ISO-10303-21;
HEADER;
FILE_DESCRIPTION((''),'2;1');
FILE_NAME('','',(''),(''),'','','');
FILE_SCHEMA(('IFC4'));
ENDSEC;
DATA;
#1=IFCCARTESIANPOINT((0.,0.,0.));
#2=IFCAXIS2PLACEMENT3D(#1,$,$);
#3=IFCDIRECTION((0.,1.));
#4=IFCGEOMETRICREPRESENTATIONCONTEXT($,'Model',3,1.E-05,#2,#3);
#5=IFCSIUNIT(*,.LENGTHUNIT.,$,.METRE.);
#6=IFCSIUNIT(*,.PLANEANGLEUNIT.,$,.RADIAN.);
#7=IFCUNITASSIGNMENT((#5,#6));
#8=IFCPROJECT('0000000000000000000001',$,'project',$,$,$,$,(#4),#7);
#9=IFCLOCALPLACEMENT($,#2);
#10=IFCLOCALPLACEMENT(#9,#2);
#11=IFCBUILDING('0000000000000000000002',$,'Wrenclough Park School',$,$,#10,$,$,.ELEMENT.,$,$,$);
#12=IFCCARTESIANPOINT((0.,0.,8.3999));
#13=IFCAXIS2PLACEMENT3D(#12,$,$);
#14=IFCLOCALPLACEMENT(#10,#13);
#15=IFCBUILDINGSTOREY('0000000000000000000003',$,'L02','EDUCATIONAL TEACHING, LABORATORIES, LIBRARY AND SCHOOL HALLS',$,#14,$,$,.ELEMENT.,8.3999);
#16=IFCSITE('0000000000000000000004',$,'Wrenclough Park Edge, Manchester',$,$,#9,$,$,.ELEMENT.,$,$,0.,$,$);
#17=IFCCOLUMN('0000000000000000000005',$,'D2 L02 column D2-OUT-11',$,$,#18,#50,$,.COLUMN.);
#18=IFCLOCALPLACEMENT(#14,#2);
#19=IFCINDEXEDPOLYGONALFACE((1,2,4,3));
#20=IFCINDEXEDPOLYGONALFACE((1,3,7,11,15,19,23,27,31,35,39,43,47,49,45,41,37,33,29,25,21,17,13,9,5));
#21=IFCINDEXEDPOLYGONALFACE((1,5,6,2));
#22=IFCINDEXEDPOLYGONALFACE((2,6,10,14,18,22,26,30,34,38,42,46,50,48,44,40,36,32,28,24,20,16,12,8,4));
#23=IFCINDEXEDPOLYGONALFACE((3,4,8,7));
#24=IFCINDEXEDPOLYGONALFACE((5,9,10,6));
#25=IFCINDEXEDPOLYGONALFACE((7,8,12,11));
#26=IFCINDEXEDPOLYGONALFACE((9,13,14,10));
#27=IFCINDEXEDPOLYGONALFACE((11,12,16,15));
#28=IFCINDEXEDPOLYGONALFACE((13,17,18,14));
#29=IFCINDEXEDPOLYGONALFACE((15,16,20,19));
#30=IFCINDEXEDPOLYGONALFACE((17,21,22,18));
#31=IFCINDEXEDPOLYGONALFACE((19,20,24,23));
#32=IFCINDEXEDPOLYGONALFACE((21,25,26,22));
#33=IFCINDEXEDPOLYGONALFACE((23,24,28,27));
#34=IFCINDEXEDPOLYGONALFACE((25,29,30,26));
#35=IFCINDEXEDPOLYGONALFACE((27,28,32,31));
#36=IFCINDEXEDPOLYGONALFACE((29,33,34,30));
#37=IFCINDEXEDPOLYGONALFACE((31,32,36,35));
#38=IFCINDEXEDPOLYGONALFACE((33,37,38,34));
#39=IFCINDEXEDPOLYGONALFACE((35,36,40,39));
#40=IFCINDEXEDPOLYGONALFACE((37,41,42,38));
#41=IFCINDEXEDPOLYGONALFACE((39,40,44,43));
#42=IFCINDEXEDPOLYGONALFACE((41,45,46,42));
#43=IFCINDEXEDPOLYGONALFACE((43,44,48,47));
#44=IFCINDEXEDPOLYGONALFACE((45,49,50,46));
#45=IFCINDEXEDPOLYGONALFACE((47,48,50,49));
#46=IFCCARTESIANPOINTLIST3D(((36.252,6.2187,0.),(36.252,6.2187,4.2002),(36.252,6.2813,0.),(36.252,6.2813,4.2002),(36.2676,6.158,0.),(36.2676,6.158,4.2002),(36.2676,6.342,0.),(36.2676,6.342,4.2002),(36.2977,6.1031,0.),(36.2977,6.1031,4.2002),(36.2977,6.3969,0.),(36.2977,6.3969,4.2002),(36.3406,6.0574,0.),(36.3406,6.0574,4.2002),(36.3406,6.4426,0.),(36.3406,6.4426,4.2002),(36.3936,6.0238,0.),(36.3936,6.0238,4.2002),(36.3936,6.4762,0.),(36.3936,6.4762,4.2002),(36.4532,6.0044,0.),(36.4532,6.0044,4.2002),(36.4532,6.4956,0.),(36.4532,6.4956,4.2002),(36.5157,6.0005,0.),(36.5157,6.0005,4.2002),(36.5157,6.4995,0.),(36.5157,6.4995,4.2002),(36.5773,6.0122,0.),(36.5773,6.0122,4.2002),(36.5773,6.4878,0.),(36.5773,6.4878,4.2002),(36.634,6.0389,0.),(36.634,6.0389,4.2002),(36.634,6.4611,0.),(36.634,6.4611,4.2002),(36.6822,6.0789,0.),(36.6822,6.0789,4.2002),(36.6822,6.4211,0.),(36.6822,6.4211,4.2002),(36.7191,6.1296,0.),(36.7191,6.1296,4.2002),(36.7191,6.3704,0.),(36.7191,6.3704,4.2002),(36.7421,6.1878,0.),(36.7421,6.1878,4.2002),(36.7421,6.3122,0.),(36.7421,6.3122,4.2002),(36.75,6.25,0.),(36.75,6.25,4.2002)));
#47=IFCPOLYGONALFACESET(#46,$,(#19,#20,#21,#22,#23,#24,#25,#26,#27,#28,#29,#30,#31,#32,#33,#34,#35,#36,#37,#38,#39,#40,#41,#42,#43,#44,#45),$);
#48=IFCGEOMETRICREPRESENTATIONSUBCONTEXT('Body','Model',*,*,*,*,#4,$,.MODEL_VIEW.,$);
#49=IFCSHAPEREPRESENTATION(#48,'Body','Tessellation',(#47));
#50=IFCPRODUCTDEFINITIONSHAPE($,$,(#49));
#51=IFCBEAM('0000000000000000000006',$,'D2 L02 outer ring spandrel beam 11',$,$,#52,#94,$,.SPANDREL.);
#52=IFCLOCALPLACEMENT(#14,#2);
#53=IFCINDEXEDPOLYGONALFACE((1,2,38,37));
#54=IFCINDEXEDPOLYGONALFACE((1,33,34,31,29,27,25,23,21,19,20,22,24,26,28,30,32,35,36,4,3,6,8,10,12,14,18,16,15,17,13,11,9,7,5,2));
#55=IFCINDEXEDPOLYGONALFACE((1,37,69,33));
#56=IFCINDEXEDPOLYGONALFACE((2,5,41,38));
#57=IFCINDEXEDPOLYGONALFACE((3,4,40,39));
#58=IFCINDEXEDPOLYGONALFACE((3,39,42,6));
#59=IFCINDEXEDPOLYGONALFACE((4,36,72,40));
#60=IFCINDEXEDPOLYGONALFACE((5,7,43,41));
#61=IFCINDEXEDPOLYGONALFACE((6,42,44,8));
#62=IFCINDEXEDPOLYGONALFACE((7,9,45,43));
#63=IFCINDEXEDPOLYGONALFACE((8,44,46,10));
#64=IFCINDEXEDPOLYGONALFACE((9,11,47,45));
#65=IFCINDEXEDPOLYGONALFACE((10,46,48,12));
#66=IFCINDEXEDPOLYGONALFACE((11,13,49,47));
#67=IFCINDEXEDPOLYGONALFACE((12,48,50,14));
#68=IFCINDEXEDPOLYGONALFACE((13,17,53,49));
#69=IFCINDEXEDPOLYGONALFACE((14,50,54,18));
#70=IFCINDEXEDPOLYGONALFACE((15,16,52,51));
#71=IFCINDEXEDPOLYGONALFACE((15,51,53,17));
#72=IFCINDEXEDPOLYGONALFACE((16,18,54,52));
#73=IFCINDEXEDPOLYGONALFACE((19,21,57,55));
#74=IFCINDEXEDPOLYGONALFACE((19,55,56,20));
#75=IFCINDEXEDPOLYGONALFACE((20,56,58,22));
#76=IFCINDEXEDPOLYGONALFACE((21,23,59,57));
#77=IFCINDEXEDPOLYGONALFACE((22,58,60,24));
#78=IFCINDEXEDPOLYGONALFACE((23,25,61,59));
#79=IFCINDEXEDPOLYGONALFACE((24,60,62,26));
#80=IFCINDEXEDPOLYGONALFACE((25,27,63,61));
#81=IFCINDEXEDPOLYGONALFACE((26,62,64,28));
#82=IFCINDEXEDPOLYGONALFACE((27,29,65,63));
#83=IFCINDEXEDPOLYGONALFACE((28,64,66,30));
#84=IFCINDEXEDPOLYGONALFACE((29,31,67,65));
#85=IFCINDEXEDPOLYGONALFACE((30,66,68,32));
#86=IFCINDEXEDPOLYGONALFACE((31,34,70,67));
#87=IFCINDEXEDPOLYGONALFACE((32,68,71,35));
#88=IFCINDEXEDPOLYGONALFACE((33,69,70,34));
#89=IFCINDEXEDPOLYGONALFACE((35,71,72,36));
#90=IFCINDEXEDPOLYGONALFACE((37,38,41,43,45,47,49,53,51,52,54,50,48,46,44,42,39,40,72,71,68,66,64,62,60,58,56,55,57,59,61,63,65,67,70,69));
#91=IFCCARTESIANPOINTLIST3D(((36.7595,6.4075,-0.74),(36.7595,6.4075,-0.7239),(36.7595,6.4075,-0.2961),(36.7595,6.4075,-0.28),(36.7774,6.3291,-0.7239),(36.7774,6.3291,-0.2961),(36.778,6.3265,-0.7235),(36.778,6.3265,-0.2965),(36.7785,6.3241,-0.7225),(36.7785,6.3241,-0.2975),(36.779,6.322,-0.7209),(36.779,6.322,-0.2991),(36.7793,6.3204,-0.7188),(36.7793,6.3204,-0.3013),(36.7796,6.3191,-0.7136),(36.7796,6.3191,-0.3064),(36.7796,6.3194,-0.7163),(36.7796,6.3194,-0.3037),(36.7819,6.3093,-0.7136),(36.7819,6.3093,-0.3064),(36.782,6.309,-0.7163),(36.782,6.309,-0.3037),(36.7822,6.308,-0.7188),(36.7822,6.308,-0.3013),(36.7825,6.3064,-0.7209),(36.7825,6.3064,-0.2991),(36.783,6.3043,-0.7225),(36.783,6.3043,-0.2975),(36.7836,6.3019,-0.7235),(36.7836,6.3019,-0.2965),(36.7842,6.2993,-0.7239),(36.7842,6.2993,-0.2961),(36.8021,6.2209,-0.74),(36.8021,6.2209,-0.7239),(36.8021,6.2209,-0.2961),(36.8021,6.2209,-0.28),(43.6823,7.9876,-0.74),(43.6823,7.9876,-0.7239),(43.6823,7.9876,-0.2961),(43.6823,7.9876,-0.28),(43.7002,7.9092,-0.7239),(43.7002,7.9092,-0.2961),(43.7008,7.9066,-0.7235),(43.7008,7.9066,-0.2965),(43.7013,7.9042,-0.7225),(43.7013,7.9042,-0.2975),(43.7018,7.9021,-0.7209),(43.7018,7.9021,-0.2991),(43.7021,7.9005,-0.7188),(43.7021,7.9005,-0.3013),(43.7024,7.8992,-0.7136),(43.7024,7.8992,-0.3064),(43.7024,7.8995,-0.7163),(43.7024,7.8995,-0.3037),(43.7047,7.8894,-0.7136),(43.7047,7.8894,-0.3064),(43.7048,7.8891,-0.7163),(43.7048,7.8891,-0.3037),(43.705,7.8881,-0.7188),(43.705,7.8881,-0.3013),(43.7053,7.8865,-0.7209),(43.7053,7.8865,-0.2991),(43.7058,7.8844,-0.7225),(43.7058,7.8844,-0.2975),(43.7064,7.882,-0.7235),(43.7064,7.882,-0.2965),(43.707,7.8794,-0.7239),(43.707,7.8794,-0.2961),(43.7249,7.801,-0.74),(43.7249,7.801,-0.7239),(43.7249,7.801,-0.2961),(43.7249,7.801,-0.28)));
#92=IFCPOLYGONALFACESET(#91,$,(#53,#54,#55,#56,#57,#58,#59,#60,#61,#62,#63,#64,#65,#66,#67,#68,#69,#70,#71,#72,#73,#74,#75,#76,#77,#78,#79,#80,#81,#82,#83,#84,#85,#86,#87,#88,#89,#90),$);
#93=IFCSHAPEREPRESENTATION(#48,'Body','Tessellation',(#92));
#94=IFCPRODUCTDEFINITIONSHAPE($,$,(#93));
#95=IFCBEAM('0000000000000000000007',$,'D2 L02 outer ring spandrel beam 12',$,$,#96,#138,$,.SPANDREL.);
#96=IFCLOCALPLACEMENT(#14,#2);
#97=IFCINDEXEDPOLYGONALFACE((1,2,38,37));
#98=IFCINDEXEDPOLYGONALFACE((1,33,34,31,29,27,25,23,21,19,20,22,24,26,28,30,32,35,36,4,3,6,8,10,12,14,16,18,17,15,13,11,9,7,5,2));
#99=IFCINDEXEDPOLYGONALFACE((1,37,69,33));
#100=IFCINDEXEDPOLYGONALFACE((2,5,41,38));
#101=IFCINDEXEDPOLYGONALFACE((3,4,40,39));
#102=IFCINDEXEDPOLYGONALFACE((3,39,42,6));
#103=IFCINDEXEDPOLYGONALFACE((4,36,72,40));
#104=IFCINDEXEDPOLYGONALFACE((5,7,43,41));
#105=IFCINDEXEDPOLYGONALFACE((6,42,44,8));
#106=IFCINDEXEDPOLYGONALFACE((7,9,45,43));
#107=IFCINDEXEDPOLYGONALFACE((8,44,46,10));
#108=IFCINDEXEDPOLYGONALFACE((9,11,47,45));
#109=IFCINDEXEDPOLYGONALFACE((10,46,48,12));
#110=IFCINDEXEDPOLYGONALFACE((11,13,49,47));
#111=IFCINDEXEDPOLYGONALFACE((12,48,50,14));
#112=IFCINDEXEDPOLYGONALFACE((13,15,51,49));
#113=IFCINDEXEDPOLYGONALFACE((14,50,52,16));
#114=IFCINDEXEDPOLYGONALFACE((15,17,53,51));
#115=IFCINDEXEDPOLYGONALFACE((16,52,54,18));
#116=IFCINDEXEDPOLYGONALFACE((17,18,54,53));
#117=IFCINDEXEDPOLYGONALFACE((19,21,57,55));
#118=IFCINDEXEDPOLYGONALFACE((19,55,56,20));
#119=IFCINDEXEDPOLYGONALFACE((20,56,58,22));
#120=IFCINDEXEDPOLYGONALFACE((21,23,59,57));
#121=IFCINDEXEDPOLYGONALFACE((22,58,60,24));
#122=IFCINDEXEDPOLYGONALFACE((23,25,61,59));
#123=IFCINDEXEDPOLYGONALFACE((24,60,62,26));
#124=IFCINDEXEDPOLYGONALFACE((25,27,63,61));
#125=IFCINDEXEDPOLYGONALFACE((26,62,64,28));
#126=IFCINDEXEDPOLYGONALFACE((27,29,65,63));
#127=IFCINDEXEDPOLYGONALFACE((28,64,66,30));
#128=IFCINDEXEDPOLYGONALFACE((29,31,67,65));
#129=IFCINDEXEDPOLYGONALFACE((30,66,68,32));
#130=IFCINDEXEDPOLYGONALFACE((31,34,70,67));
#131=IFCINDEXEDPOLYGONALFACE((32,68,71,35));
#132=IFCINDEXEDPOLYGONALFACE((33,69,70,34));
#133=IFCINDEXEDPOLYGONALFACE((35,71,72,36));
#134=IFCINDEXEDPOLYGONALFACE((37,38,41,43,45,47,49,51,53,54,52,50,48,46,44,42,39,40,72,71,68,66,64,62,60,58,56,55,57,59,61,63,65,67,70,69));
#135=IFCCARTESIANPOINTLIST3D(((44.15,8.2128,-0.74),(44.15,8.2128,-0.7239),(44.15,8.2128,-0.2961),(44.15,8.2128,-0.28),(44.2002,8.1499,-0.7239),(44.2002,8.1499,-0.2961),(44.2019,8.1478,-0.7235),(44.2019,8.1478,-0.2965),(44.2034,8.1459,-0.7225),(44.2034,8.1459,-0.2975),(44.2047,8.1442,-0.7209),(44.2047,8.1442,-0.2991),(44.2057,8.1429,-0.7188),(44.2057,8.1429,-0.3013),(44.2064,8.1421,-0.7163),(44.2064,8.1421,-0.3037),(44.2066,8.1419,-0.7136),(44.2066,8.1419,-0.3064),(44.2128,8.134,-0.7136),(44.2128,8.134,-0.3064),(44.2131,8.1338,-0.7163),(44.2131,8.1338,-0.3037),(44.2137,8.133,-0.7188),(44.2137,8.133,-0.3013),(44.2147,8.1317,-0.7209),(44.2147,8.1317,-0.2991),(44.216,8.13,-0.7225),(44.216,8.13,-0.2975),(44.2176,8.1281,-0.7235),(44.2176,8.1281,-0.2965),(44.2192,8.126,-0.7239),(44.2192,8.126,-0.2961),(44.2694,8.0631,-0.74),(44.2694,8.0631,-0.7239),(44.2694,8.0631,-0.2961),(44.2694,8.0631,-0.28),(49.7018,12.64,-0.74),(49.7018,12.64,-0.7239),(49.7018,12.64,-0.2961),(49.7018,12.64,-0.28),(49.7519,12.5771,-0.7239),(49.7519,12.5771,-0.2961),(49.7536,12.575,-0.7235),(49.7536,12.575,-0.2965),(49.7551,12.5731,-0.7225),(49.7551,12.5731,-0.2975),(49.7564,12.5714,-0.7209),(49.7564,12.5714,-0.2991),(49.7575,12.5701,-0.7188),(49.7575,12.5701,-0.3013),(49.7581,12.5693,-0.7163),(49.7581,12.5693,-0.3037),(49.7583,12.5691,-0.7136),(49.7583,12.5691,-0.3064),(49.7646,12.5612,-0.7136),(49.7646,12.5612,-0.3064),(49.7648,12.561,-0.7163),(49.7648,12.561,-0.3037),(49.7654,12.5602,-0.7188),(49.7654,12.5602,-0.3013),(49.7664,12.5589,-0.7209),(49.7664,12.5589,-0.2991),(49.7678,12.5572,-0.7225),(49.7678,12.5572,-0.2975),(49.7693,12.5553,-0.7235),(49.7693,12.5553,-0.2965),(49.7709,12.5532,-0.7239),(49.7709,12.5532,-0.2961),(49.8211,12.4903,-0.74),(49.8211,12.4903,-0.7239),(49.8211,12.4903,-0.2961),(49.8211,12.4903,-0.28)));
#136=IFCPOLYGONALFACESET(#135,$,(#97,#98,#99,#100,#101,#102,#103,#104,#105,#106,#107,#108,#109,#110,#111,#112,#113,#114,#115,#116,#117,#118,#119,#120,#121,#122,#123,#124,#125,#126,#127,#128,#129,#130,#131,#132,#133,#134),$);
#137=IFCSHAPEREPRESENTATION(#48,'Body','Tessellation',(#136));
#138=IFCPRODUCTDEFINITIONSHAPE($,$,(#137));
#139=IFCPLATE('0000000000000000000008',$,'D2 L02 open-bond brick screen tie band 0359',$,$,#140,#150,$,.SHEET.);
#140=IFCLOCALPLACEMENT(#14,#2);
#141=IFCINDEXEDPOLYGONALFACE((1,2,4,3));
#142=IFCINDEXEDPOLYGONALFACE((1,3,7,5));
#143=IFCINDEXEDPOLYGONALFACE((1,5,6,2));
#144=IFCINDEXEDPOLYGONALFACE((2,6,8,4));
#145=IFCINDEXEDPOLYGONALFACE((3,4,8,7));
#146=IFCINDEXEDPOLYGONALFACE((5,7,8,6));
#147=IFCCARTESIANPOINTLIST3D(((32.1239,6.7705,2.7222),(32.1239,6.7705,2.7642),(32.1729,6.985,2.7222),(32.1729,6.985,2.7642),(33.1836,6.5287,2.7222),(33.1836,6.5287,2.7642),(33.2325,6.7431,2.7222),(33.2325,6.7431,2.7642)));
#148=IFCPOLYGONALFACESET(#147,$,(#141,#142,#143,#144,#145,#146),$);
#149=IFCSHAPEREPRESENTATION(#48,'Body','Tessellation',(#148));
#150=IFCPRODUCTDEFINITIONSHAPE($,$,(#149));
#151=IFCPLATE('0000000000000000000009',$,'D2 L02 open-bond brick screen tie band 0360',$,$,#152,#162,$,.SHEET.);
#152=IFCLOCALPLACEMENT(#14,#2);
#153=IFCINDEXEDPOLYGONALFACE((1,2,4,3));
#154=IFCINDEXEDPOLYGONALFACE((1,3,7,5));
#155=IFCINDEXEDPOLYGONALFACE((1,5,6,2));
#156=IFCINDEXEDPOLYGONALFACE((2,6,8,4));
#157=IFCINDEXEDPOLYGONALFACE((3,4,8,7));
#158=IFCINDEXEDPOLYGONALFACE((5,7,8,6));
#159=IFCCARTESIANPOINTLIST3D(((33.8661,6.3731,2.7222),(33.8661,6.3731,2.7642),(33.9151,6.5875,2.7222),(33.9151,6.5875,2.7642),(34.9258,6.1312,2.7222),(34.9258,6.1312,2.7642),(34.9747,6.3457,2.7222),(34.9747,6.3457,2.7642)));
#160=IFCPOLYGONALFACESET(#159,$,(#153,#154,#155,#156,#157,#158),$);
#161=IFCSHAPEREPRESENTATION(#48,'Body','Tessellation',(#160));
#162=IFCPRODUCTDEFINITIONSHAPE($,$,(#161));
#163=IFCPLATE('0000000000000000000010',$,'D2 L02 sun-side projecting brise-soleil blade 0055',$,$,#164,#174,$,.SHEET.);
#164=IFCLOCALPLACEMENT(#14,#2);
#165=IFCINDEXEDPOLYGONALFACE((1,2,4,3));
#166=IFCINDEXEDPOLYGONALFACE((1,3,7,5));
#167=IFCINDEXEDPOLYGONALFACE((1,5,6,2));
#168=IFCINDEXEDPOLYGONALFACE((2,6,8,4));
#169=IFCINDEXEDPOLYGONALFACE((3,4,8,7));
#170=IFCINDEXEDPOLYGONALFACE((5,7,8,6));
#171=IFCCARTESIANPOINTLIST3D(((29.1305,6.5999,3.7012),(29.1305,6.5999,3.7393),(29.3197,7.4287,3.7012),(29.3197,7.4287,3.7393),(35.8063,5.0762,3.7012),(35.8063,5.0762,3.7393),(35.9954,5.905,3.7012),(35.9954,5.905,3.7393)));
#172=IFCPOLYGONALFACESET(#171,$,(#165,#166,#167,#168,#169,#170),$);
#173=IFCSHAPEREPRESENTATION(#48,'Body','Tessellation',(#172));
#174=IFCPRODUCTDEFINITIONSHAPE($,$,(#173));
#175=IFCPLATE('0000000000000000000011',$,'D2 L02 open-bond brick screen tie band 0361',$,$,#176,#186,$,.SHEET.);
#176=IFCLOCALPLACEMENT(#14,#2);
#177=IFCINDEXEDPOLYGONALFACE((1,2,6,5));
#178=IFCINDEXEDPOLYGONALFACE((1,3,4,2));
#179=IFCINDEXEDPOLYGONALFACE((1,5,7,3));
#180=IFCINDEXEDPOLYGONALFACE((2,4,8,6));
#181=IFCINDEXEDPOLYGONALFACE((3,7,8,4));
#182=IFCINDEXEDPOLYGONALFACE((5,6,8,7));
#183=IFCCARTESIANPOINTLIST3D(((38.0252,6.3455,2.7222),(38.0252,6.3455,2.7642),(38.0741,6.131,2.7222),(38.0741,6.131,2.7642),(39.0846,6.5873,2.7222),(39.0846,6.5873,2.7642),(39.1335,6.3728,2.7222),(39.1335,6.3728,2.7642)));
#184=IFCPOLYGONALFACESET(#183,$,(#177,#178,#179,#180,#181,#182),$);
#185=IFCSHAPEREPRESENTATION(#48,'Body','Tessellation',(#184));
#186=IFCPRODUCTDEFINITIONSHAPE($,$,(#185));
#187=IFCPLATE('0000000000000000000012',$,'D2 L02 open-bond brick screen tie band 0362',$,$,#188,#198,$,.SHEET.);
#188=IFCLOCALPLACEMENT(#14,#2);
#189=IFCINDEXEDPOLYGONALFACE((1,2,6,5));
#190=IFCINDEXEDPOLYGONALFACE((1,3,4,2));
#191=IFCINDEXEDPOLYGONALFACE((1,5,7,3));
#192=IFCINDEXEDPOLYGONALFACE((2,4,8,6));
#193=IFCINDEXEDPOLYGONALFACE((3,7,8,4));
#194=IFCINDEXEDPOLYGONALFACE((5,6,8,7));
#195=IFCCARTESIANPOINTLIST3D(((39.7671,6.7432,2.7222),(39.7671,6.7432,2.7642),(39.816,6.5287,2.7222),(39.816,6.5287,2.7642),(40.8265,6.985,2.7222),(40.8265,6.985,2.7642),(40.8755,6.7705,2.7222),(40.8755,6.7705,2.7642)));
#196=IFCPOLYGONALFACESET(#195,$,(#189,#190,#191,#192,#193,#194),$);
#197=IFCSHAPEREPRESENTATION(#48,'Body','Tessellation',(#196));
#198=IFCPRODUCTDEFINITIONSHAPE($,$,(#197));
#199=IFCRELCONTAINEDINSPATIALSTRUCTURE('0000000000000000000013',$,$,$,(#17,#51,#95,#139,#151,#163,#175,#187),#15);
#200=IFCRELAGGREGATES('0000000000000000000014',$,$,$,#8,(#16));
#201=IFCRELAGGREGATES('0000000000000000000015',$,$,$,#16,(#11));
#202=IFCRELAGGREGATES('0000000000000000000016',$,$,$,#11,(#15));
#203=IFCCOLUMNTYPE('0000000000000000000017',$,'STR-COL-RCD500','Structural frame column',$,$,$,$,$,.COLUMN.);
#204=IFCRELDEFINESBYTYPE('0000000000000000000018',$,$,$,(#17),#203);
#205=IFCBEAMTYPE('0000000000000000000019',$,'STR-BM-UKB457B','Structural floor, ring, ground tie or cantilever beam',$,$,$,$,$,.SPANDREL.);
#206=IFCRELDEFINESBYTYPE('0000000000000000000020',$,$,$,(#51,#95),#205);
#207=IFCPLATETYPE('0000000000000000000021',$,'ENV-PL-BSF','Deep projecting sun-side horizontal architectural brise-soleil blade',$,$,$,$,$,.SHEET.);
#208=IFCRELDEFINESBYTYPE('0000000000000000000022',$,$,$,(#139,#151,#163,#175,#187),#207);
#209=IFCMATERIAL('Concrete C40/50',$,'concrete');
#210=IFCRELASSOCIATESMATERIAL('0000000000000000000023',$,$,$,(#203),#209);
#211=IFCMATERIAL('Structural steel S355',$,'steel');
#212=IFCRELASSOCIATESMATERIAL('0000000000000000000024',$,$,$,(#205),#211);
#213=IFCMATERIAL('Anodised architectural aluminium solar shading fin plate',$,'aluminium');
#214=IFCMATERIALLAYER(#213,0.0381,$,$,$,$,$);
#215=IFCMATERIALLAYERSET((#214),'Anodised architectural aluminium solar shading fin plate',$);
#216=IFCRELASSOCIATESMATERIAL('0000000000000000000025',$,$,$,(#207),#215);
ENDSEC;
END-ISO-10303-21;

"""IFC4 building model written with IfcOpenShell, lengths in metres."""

from ifc_helpers import new_model, si_unit, direction, frame, origin, origin_2d, place, context, subcontext, project, spatial, rectangle, circle, i_section, extrude, material, layer, layer_set, material_profile, profile_set, type_object, element, save


model = new_model("IFC4")

# Units and contexts
model_context = context("Model", 3, precision=1e-05, world=origin(), true_north=direction((0.0, 1.0)))
body_context = subcontext(model_context, "Body", "Model", "MODEL_VIEW")
ifc_project = project(units=[si_unit("LENGTHUNIT", "METRE"), si_unit("PLANEANGLEUNIT", "RADIAN")], contexts=[model_context])

# Site, building, storey
site_placement = place(None, origin())
site = spatial("IfcSite", under=ifc_project, at=site_placement, Name="Wrenclough Park Edge, Manchester", CompositionType="ELEMENT", RefElevation=0.0)
building_placement = place(site_placement, origin())
building = spatial("IfcBuilding", under=site, at=building_placement, Name="Wrenclough Park School", CompositionType="ELEMENT")
storey_placement = place(building_placement, frame((0.0, 0.0, 8.3999)))
storey = spatial("IfcBuildingStorey", under=building, at=storey_placement, Name="L02", Description="EDUCATIONAL TEACHING, LABORATORIES, LIBRARY AND SCHOOL HALLS", CompositionType="ELEMENT", Elevation=8.3999)

# Column
ifc_material_1 = material(Name="Concrete C40/50", Category="concrete")
ifc_material_profile_1 = material_profile(ifc_material_1, circle(Radius=0.25, at=origin_2d()), Name="RC COL D500")
ifc_profile_set_1 = profile_set([ifc_material_profile_1], Name="Concrete C40/50")
column_type = type_object("IfcColumnType", Name="STR-COL-RCD500", Description="Structural frame column", PredefinedType="COLUMN", material=ifc_profile_set_1)
for number, where, z_axis, x_axis, name in (
    (1, (36.5, 6.25, 0.0), (0.0, 0.0, 1.0), (1.0, 0.0, 0.0), "D2 L02 column D2-OUT-11"),
):
    element("IfcColumn", number, at=place(storey_placement, frame(where, z_axis=z_axis, x_axis=x_axis)), inside=storey, type_object=column_type, Name=name, PredefinedType="COLUMN", context=body_context, shape_type="SweptSolid", body=[
        extrude(circle(Radius=0.25, at=origin_2d()), origin(), (0.0, 0.0, 1.0), 4.2002),
    ])

# Beams
ifc_material_2 = material(Name="Structural steel S355", Category="steel")
ifc_material_profile_2 = material_profile(ifc_material_2, i_section(OverallWidth=0.1914, OverallDepth=0.46, WebThickness=0.01, FlangeThickness=0.0161, FilletRadius=0.0103, at=origin_2d()), Name="UKB 457x191x82")
ifc_profile_set_2 = profile_set([ifc_material_profile_2], Name="Structural steel S355")
beam_type = type_object("IfcBeamType", Name="STR-BM-UKB457B", Description="Structural floor, ring, ground tie or cantilever beam", PredefinedType="SPANDREL", material=ifc_profile_set_2)
for number, where, z_axis, x_axis, name in (
    (2, (36.7808, 6.3142, -0.51), (0.974928, 0.222519, 0.0), (-0.222519, 0.974928, 0.0), "D2 L02 outer ring spandrel beam 11"),
    (3, (44.2097, 8.1379, -0.51), (0.781841, 0.623478, 0.0), (-0.623478, 0.781841, 0.0), "D2 L02 outer ring spandrel beam 12"),
):
    element("IfcBeam", number, at=place(storey_placement, frame(where, z_axis=z_axis, x_axis=x_axis)), inside=storey, type_object=beam_type, Name=name, PredefinedType="SPANDREL", context=body_context, shape_type="SweptSolid", body=[
        extrude(i_section(OverallWidth=0.1914, OverallDepth=0.46, WebThickness=0.01, FlangeThickness=0.0161, FilletRadius=0.0103, at=origin_2d()), origin(), (0.0, 0.0, 1.0), 7.1008),
    ])

# Plates
ifc_material_3 = material(Name="Anodised architectural aluminium solar shading fin plate", Category="aluminium")
ifc_layer_1 = layer(ifc_material_3, 0.0381)
ifc_layer_set_1 = layer_set([ifc_layer_1], Name="Anodised architectural aluminium solar shading fin plate")
plate_type = type_object("IfcPlateType", Name="ENV-PL-BSF", Description="Deep projecting sun-side horizontal architectural brise-soleil blade", PredefinedType="SHEET", material=ifc_layer_set_1)
for number, where, z_axis, x_axis, name in (
    (4, (32.6782, 6.7568, 2.7222), (0.0, 0.0, 1.0), (0.974926, -0.222528, 0.0), "D2 L02 open-bond brick screen tie band 0359"),
    (5, (34.4204, 6.3594, 2.7222), (0.0, 0.0, 1.0), (0.974926, -0.222528, 0.0), "D2 L02 open-bond brick screen tie band 0360"),
):
    element("IfcPlate", number, at=place(storey_placement, frame(where, z_axis=z_axis, x_axis=x_axis)), inside=storey, type_object=plate_type, Name=name, PredefinedType="SHEET", context=body_context, shape_type="SweptSolid", body=[
        extrude(rectangle(XDim=1.0869, YDim=0.22, at=origin_2d()), origin(), (0.0, 0.0, 1.0), 0.042),
    ])
plate_1_placement = place(storey_placement, frame((32.563, 6.2524, 3.7012), z_axis=(0.0, 0.0, 1.0), x_axis=(0.974926, -0.222528, 0.0)))
element("IfcPlate", 6, at=plate_1_placement, inside=storey, type_object=plate_type, Name="D2 L02 sun-side projecting brise-soleil blade 0055", PredefinedType="SHEET", context=body_context, shape_type="SweptSolid", body=[
    extrude(rectangle(XDim=6.8474, YDim=0.8501, at=origin_2d()), origin(), (0.0, 0.0, 1.0), 0.0381),
])
for number, where, z_axis, x_axis, name in (
    (7, (38.5793, 6.3591, 2.7222), (0.0, 0.0, 1.0), (0.974929, 0.222516, 0.0), "D2 L02 open-bond brick screen tie band 0361"),
    (8, (40.3213, 6.7568, 2.7222), (0.0, 0.0, 1.0), (0.974929, 0.222516, 0.0), "D2 L02 open-bond brick screen tie band 0362"),
):
    element("IfcPlate", number, at=place(storey_placement, frame(where, z_axis=z_axis, x_axis=x_axis)), inside=storey, type_object=plate_type, Name=name, PredefinedType="SHEET", context=body_context, shape_type="SweptSolid", body=[
        extrude(rectangle(XDim=1.0867, YDim=0.22, at=origin_2d()), origin(), (0.0, 0.0, 1.0), 0.042),
    ])

save(model, "model.ifc")
